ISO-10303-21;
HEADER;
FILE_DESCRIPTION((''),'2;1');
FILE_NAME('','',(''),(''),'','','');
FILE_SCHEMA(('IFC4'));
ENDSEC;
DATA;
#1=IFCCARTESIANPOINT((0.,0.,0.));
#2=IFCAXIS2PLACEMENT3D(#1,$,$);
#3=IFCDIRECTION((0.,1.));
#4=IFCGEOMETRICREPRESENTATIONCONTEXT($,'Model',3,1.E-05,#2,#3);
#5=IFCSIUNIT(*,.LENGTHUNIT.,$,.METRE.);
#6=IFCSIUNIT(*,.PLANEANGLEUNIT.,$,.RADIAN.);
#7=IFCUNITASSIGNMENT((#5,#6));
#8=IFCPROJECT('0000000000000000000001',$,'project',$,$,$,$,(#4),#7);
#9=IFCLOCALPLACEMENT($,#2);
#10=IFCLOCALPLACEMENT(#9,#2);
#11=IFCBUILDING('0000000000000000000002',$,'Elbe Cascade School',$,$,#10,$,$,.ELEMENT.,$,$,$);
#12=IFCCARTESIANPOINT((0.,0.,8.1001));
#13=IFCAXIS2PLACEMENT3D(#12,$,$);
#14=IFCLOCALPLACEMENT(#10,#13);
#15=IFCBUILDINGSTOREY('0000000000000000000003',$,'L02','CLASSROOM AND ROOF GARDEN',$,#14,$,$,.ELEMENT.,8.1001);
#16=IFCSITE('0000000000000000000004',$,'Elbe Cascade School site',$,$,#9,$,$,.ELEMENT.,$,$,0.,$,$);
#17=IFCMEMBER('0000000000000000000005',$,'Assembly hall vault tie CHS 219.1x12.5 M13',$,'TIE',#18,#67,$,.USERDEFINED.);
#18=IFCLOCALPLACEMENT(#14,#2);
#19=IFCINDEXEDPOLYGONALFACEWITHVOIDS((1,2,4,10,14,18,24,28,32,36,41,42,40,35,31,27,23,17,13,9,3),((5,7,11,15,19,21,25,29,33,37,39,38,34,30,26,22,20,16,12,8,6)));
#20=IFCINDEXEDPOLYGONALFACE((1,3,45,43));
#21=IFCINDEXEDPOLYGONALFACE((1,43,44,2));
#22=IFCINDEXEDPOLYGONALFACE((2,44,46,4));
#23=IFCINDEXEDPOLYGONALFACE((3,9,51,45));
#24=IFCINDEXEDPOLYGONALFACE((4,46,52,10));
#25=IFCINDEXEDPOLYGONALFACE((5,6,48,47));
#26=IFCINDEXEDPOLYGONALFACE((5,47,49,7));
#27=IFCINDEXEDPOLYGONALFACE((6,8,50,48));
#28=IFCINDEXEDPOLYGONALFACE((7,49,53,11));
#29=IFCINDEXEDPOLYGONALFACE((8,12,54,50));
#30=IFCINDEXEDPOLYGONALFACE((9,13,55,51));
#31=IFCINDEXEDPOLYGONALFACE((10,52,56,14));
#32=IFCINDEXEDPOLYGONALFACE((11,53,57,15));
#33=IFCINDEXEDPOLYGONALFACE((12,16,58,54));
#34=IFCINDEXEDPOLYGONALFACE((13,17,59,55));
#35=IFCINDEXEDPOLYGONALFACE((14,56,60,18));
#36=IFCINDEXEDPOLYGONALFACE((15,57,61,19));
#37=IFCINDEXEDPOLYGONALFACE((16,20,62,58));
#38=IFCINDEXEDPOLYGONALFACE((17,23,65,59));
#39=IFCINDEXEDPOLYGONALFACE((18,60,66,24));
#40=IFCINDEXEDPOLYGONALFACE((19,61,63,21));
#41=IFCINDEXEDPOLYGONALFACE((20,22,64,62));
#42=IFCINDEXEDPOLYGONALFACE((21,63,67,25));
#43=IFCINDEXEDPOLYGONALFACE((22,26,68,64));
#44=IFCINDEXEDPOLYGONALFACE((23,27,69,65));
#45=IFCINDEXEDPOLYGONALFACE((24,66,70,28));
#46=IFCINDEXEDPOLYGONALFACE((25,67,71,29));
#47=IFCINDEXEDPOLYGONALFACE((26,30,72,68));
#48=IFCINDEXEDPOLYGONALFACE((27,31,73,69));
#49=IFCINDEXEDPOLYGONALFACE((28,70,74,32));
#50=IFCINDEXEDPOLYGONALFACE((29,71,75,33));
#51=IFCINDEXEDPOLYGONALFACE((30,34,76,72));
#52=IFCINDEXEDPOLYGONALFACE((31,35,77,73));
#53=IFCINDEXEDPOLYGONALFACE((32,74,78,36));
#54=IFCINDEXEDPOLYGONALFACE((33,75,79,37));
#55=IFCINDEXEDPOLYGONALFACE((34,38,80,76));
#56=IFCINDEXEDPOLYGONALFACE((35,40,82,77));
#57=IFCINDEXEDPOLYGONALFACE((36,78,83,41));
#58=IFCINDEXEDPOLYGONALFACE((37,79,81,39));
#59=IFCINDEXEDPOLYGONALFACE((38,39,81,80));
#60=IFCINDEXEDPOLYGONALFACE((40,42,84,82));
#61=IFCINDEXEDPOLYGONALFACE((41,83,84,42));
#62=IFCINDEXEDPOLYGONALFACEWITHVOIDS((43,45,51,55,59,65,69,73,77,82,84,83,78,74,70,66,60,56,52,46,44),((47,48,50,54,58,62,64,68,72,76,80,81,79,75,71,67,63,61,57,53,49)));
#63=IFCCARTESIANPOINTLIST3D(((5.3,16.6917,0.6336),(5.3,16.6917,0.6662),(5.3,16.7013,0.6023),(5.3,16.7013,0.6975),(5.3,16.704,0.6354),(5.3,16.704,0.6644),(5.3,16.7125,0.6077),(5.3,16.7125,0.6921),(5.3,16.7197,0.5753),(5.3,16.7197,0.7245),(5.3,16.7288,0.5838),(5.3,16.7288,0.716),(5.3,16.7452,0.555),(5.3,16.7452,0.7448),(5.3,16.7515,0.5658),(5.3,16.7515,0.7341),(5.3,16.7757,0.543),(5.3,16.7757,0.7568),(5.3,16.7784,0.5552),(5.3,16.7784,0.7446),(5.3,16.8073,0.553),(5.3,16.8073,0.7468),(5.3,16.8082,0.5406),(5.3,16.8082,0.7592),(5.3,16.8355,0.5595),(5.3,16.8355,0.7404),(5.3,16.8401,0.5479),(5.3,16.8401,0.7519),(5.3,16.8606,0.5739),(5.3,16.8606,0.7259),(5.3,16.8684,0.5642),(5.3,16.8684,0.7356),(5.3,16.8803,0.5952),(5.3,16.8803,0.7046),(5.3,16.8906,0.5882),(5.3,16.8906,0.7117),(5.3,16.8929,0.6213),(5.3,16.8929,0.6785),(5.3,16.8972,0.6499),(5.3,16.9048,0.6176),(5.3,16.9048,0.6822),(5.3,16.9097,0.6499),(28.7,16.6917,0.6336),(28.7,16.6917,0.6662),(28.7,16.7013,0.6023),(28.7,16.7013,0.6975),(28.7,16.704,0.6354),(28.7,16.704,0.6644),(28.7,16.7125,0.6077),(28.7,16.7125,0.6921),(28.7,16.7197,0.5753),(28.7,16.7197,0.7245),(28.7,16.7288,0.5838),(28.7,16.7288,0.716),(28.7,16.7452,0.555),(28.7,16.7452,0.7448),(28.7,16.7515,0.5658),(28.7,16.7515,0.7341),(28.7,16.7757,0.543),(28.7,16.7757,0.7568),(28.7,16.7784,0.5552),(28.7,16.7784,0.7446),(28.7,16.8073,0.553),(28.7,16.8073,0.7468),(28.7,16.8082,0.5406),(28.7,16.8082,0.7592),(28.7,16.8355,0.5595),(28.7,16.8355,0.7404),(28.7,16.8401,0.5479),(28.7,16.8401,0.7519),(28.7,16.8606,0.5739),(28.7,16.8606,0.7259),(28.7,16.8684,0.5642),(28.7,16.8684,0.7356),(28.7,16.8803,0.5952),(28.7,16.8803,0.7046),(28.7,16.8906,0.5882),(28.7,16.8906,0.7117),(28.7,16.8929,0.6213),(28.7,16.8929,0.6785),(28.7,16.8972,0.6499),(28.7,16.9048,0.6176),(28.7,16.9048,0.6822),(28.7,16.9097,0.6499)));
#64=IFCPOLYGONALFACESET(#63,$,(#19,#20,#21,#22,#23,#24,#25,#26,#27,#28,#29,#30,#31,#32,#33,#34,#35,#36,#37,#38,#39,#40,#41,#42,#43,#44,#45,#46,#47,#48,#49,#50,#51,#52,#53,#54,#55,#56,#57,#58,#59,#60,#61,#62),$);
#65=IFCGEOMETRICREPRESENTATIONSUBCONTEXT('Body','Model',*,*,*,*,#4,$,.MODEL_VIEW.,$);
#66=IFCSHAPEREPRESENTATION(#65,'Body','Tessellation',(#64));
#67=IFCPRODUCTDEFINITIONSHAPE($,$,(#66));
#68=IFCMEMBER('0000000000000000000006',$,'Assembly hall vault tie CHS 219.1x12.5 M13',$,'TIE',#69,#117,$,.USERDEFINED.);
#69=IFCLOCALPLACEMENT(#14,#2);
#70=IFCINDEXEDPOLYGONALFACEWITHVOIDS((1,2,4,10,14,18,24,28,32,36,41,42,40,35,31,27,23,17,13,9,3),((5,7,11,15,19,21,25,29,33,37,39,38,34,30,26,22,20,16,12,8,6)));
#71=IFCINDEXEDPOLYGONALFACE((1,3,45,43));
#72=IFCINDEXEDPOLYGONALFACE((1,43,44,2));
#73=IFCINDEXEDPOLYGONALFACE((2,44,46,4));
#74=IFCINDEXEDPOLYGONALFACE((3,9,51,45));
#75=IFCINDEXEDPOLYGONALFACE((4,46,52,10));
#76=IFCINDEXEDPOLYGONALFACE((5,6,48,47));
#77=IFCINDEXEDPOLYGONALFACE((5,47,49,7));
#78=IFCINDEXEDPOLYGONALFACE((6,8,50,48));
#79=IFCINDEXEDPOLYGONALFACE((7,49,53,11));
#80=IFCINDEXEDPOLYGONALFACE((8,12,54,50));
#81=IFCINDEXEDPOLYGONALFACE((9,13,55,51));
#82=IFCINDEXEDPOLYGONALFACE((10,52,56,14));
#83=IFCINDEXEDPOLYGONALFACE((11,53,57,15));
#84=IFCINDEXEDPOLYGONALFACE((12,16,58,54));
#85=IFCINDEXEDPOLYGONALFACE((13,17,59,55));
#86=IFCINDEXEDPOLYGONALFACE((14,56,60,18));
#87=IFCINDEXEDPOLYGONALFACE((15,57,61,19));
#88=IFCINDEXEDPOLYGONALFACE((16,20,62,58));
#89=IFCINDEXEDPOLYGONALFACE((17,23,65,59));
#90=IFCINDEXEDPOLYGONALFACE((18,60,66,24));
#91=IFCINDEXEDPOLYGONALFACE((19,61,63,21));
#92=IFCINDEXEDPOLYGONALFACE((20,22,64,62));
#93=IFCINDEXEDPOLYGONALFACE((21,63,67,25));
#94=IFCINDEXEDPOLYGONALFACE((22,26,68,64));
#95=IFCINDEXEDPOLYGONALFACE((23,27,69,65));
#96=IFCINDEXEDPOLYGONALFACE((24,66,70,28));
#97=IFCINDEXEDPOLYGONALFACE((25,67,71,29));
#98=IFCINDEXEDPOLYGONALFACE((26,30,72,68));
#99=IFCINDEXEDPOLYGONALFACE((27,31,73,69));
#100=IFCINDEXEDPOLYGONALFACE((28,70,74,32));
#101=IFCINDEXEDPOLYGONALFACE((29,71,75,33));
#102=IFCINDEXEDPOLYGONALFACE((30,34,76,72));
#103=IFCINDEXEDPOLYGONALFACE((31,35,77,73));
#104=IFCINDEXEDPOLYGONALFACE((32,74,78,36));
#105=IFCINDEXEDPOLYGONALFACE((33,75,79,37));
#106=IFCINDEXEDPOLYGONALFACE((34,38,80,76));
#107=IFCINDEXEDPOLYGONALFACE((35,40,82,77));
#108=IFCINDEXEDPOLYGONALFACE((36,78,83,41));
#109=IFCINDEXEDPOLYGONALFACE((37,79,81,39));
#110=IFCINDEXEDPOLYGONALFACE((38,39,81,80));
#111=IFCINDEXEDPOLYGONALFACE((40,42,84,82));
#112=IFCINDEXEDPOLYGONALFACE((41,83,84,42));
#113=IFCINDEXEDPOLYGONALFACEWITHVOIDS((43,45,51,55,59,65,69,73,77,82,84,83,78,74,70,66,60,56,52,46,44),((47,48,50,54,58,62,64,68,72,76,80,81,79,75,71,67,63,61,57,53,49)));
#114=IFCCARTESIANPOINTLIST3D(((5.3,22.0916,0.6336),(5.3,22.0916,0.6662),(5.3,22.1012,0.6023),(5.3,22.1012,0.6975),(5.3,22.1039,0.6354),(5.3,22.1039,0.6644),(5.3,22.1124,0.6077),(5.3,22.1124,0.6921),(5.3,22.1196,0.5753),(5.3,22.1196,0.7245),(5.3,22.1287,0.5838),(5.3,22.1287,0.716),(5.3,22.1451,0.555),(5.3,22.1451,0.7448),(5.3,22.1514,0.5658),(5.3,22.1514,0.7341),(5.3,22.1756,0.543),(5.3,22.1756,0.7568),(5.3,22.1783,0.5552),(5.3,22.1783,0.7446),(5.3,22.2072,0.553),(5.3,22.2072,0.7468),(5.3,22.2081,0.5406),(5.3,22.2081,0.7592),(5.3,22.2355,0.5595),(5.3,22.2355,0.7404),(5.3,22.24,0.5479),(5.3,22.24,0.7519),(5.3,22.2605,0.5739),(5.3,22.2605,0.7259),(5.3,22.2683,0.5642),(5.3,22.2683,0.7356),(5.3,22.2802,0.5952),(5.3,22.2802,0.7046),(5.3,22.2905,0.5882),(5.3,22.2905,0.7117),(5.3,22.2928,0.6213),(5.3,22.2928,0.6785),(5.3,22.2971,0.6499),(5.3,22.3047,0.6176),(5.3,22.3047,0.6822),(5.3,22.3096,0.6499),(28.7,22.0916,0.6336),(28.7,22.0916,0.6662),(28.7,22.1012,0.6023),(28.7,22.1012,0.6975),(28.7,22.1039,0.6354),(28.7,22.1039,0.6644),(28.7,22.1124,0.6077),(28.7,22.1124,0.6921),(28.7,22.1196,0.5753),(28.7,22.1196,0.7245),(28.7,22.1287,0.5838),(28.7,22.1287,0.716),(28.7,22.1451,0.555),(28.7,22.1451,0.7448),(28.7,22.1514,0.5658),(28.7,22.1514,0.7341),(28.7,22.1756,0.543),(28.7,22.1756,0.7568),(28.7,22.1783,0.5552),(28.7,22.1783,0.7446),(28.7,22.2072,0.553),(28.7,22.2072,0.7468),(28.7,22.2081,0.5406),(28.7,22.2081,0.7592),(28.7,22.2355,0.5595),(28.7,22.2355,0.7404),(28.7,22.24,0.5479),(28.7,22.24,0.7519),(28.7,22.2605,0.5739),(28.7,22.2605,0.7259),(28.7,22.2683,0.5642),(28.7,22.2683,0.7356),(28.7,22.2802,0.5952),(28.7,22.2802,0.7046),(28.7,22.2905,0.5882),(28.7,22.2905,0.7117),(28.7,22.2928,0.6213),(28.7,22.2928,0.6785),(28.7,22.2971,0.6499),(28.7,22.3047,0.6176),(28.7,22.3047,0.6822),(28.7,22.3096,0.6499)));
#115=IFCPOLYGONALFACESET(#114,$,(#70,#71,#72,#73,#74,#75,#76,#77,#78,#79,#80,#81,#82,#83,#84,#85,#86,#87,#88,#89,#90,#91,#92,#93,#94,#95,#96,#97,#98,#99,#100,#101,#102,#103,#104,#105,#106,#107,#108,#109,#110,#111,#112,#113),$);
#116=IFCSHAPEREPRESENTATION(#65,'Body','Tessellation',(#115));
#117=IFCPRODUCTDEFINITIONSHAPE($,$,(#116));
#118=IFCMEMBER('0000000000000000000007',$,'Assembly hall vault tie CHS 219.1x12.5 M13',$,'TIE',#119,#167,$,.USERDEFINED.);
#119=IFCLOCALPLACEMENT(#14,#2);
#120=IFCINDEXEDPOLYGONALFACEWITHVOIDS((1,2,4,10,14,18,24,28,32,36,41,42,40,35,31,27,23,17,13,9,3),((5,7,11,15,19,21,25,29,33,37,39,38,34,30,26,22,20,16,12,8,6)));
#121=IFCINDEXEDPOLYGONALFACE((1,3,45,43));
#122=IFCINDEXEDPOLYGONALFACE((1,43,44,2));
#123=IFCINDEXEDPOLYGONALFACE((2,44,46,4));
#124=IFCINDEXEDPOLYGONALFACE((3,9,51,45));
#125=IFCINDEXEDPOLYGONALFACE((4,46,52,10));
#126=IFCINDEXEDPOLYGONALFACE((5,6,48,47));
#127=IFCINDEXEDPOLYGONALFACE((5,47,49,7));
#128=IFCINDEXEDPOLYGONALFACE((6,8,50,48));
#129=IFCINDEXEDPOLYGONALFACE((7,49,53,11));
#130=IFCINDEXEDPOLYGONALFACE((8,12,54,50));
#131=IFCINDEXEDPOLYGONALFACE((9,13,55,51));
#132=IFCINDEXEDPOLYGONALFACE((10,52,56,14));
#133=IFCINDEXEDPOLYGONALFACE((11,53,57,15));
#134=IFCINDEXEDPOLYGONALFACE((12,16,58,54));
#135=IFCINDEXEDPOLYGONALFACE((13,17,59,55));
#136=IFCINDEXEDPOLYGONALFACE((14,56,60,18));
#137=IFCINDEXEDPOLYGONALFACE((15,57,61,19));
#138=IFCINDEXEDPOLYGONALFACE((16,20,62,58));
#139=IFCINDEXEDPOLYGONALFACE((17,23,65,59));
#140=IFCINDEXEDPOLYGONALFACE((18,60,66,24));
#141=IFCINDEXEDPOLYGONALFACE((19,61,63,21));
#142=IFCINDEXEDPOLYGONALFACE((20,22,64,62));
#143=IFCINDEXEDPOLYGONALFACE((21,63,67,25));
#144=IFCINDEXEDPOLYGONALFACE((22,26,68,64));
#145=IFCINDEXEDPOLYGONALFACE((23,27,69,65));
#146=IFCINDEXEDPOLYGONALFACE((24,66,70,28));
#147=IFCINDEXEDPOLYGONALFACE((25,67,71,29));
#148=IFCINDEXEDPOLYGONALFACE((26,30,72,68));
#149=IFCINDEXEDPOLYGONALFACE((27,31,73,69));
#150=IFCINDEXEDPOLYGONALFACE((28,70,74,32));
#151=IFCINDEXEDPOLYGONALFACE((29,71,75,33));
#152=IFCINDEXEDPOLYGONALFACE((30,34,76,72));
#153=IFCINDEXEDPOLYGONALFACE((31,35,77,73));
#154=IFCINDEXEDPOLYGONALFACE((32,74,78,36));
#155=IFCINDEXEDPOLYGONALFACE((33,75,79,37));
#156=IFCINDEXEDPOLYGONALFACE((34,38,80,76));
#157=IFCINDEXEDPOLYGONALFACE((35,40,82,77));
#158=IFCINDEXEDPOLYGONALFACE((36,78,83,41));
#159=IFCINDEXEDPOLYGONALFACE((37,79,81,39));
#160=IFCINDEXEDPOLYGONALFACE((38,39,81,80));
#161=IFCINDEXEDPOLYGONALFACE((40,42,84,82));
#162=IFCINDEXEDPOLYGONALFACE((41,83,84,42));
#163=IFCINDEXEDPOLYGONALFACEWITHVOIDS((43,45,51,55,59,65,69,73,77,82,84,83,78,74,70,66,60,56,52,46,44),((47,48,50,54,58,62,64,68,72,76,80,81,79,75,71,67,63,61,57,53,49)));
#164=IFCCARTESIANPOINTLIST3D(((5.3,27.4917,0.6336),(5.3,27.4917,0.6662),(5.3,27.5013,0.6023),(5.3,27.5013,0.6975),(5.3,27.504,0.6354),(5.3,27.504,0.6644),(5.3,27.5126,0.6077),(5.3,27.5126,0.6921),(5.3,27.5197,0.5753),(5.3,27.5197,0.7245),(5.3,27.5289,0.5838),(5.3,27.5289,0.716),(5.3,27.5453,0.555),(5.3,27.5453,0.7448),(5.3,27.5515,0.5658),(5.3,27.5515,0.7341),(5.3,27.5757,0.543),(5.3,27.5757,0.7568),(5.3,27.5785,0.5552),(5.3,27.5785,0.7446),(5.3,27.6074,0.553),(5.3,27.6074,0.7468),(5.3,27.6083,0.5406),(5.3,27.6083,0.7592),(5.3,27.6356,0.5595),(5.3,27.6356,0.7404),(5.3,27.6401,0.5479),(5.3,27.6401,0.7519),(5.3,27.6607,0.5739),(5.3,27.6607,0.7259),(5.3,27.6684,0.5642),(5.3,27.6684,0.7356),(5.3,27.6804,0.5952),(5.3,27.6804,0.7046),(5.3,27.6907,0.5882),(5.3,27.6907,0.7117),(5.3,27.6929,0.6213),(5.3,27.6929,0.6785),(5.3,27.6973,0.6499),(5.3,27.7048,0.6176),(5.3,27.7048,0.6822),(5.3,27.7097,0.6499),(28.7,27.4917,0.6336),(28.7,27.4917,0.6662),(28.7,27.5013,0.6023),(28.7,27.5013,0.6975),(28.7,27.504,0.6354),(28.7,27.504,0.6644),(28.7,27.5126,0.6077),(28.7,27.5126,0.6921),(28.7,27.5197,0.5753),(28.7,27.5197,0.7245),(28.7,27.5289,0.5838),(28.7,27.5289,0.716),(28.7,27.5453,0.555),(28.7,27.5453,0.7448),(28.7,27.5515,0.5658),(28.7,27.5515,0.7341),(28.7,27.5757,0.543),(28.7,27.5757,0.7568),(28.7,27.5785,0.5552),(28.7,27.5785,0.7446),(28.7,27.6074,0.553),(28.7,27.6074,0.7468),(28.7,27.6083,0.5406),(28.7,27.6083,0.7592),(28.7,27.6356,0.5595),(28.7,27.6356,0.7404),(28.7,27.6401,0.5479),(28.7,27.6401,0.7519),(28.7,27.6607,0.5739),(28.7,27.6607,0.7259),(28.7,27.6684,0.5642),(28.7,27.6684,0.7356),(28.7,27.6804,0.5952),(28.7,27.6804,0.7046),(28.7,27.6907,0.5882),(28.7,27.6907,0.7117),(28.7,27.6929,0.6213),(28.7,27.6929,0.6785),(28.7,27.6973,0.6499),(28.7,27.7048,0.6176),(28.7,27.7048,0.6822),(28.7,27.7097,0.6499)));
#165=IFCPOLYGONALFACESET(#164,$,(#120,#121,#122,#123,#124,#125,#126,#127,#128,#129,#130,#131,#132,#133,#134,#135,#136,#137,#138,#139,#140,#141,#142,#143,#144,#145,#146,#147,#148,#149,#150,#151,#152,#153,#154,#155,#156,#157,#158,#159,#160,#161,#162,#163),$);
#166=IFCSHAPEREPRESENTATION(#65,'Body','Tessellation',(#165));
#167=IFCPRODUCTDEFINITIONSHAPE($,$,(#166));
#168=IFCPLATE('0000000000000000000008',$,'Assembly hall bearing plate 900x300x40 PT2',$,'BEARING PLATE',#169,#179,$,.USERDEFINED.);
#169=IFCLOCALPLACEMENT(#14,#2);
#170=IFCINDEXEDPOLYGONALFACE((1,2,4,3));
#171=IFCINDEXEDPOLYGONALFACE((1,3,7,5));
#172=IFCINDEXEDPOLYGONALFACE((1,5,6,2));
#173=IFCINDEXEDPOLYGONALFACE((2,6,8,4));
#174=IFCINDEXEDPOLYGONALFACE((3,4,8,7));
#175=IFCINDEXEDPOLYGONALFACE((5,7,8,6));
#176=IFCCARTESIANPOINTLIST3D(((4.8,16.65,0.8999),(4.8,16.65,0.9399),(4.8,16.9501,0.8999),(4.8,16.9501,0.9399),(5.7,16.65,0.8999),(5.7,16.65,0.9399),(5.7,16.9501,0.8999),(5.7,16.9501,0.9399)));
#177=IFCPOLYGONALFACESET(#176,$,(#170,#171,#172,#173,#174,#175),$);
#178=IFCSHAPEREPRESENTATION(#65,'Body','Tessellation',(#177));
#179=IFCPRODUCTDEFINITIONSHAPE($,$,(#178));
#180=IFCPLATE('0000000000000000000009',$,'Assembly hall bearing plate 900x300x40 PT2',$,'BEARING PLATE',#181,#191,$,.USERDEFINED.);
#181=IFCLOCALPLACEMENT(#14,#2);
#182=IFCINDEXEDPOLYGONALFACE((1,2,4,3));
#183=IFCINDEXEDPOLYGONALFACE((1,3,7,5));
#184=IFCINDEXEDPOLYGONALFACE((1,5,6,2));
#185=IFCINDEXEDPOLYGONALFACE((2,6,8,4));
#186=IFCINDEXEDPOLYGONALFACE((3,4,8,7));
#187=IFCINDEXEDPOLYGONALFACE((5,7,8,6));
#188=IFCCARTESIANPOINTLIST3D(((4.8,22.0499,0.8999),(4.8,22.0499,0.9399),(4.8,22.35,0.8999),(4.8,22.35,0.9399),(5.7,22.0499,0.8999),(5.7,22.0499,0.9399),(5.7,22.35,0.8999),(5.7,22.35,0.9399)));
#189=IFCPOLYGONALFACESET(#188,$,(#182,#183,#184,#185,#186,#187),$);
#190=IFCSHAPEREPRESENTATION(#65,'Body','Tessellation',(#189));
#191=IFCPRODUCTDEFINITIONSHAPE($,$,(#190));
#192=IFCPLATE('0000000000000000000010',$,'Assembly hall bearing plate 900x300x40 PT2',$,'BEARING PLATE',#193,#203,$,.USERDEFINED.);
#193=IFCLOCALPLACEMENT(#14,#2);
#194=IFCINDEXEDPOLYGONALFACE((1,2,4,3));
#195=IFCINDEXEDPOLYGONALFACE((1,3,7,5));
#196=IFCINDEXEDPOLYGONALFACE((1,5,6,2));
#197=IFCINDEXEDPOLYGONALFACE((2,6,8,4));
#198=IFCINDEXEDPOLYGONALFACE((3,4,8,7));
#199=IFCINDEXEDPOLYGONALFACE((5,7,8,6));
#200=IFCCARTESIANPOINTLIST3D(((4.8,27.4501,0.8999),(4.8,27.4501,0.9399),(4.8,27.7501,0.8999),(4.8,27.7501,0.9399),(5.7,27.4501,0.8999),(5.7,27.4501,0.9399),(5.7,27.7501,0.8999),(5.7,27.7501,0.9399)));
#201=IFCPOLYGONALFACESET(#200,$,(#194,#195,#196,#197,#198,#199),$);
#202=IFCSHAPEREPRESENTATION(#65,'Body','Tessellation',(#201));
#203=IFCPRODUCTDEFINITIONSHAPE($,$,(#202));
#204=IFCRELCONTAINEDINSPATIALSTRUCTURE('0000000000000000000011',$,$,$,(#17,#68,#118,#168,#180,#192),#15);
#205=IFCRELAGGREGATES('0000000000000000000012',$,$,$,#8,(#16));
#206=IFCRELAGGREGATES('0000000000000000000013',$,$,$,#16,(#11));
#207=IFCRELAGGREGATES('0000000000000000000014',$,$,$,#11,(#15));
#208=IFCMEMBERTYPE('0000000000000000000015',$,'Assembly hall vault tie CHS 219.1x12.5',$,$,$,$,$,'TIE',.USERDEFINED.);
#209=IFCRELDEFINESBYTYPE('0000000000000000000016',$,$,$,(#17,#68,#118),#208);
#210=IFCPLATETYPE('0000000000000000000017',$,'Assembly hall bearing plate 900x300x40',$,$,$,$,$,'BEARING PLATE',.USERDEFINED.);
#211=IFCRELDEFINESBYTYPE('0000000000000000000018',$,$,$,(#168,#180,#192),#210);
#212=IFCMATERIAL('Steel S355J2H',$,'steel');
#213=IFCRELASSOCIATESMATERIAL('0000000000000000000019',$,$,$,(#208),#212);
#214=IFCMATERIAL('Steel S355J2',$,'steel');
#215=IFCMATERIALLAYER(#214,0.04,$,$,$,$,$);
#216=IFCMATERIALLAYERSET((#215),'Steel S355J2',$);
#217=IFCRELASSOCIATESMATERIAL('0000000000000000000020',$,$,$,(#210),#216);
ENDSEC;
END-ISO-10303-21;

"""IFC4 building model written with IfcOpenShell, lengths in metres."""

from ifc_helpers import new_model, si_unit, direction, frame, origin, origin_2d, place, context, subcontext, project, spatial, rectangle, hollow_circle, extrude, material, layer, layer_set, material_profile, profile_set, type_object, element, save


model = new_model("IFC4")

# Units and contexts
model_context = context("Model", 3, precision=1e-05, world=origin(), true_north=direction((0.0, 1.0)))
body_context = subcontext(model_context, "Body", "Model", "MODEL_VIEW")
ifc_project = project(units=[si_unit("LENGTHUNIT", "METRE"), si_unit("PLANEANGLEUNIT", "RADIAN")], contexts=[model_context])

# Site, building, storey
site_placement = place(None, origin())
site = spatial("IfcSite", under=ifc_project, at=site_placement, Name="Elbe Cascade School site", CompositionType="ELEMENT", RefElevation=0.0)
building_placement = place(site_placement, origin())
building = spatial("IfcBuilding", under=site, at=building_placement, Name="Elbe Cascade School", CompositionType="ELEMENT")
storey_placement = place(building_placement, frame((0.0, 0.0, 8.1001)))
storey = spatial("IfcBuildingStorey", under=building, at=storey_placement, Name="L02", Description="CLASSROOM AND ROOF GARDEN", CompositionType="ELEMENT", Elevation=8.1001)

# Members
ifc_material_1 = material(Name="Steel S355J2H", Category="steel")
ifc_material_profile_1 = material_profile(ifc_material_1, hollow_circle(Radius=0.1096, WallThickness=0.0125, at=origin_2d()), Name="CHS 219.1x12.5")
ifc_profile_set_1 = profile_set([ifc_material_profile_1], Name="Steel S355J2H")
member_type_1 = type_object("IfcMemberType", Name="Assembly hall vault tie CHS 219.1x12.5", ElementType="TIE", PredefinedType="USERDEFINED", material=ifc_profile_set_1)
for number, where, z_axis, x_axis, name in (
    (1, (5.3, 16.8, 0.6499), (1.0, 0.0, 0.0), (0.0, 1.0, 0.0), "Assembly hall vault tie CHS 219.1x12.5 M13"),
    (2, (5.3, 22.2, 0.6499), (1.0, 0.0, 0.0), (0.0, 1.0, 0.0), "Assembly hall vault tie CHS 219.1x12.5 M13"),
    (3, (5.3, 27.6001, 0.6499), (1.0, 0.0, 0.0), (0.0, 1.0, 0.0), "Assembly hall vault tie CHS 219.1x12.5 M13"),
):
    element("IfcMember", number, at=place(storey_placement, frame(where, z_axis=z_axis, x_axis=x_axis)), inside=storey, type_object=member_type_1, Name=name, ObjectType="TIE", PredefinedType="USERDEFINED", context=body_context, shape_type="SweptSolid", body=[
        extrude(hollow_circle(Radius=0.1096, WallThickness=0.0125, at=origin_2d()), origin(), (0.0, 0.0, 1.0), 23.3999),
    ])

# Plates
ifc_material_2 = material(Name="Steel S355J2", Category="steel")
ifc_layer_1 = layer(ifc_material_2, 0.04)
ifc_layer_set_1 = layer_set([ifc_layer_1], Name="Steel S355J2")
plate_type = type_object("IfcPlateType", Name="Assembly hall bearing plate 900x300x40", ElementType="BEARING PLATE", PredefinedType="USERDEFINED", material=ifc_layer_set_1)
for number, where, z_axis, x_axis, name in (
    (4, (5.25, 16.8, 0.8999), (0.0, 0.0, 1.0), (1.0, 0.0, 0.0), "Assembly hall bearing plate 900x300x40 PT2"),
    (5, (5.25, 22.2, 0.8999), (0.0, 0.0, 1.0), (1.0, 0.0, 0.0), "Assembly hall bearing plate 900x300x40 PT2"),
    (6, (5.25, 27.6001, 0.8999), (0.0, 0.0, 1.0), (1.0, 0.0, 0.0), "Assembly hall bearing plate 900x300x40 PT2"),
):
    element("IfcPlate", number, at=place(storey_placement, frame(where, z_axis=z_axis, x_axis=x_axis)), inside=storey, type_object=plate_type, Name=name, ObjectType="BEARING PLATE", PredefinedType="USERDEFINED", context=body_context, shape_type="SweptSolid", body=[
        extrude(rectangle(XDim=0.8999, YDim=0.3, at=origin_2d()), origin(), (0.0, 0.0, 1.0), 0.04),
    ])

save(model, "model.ifc")
